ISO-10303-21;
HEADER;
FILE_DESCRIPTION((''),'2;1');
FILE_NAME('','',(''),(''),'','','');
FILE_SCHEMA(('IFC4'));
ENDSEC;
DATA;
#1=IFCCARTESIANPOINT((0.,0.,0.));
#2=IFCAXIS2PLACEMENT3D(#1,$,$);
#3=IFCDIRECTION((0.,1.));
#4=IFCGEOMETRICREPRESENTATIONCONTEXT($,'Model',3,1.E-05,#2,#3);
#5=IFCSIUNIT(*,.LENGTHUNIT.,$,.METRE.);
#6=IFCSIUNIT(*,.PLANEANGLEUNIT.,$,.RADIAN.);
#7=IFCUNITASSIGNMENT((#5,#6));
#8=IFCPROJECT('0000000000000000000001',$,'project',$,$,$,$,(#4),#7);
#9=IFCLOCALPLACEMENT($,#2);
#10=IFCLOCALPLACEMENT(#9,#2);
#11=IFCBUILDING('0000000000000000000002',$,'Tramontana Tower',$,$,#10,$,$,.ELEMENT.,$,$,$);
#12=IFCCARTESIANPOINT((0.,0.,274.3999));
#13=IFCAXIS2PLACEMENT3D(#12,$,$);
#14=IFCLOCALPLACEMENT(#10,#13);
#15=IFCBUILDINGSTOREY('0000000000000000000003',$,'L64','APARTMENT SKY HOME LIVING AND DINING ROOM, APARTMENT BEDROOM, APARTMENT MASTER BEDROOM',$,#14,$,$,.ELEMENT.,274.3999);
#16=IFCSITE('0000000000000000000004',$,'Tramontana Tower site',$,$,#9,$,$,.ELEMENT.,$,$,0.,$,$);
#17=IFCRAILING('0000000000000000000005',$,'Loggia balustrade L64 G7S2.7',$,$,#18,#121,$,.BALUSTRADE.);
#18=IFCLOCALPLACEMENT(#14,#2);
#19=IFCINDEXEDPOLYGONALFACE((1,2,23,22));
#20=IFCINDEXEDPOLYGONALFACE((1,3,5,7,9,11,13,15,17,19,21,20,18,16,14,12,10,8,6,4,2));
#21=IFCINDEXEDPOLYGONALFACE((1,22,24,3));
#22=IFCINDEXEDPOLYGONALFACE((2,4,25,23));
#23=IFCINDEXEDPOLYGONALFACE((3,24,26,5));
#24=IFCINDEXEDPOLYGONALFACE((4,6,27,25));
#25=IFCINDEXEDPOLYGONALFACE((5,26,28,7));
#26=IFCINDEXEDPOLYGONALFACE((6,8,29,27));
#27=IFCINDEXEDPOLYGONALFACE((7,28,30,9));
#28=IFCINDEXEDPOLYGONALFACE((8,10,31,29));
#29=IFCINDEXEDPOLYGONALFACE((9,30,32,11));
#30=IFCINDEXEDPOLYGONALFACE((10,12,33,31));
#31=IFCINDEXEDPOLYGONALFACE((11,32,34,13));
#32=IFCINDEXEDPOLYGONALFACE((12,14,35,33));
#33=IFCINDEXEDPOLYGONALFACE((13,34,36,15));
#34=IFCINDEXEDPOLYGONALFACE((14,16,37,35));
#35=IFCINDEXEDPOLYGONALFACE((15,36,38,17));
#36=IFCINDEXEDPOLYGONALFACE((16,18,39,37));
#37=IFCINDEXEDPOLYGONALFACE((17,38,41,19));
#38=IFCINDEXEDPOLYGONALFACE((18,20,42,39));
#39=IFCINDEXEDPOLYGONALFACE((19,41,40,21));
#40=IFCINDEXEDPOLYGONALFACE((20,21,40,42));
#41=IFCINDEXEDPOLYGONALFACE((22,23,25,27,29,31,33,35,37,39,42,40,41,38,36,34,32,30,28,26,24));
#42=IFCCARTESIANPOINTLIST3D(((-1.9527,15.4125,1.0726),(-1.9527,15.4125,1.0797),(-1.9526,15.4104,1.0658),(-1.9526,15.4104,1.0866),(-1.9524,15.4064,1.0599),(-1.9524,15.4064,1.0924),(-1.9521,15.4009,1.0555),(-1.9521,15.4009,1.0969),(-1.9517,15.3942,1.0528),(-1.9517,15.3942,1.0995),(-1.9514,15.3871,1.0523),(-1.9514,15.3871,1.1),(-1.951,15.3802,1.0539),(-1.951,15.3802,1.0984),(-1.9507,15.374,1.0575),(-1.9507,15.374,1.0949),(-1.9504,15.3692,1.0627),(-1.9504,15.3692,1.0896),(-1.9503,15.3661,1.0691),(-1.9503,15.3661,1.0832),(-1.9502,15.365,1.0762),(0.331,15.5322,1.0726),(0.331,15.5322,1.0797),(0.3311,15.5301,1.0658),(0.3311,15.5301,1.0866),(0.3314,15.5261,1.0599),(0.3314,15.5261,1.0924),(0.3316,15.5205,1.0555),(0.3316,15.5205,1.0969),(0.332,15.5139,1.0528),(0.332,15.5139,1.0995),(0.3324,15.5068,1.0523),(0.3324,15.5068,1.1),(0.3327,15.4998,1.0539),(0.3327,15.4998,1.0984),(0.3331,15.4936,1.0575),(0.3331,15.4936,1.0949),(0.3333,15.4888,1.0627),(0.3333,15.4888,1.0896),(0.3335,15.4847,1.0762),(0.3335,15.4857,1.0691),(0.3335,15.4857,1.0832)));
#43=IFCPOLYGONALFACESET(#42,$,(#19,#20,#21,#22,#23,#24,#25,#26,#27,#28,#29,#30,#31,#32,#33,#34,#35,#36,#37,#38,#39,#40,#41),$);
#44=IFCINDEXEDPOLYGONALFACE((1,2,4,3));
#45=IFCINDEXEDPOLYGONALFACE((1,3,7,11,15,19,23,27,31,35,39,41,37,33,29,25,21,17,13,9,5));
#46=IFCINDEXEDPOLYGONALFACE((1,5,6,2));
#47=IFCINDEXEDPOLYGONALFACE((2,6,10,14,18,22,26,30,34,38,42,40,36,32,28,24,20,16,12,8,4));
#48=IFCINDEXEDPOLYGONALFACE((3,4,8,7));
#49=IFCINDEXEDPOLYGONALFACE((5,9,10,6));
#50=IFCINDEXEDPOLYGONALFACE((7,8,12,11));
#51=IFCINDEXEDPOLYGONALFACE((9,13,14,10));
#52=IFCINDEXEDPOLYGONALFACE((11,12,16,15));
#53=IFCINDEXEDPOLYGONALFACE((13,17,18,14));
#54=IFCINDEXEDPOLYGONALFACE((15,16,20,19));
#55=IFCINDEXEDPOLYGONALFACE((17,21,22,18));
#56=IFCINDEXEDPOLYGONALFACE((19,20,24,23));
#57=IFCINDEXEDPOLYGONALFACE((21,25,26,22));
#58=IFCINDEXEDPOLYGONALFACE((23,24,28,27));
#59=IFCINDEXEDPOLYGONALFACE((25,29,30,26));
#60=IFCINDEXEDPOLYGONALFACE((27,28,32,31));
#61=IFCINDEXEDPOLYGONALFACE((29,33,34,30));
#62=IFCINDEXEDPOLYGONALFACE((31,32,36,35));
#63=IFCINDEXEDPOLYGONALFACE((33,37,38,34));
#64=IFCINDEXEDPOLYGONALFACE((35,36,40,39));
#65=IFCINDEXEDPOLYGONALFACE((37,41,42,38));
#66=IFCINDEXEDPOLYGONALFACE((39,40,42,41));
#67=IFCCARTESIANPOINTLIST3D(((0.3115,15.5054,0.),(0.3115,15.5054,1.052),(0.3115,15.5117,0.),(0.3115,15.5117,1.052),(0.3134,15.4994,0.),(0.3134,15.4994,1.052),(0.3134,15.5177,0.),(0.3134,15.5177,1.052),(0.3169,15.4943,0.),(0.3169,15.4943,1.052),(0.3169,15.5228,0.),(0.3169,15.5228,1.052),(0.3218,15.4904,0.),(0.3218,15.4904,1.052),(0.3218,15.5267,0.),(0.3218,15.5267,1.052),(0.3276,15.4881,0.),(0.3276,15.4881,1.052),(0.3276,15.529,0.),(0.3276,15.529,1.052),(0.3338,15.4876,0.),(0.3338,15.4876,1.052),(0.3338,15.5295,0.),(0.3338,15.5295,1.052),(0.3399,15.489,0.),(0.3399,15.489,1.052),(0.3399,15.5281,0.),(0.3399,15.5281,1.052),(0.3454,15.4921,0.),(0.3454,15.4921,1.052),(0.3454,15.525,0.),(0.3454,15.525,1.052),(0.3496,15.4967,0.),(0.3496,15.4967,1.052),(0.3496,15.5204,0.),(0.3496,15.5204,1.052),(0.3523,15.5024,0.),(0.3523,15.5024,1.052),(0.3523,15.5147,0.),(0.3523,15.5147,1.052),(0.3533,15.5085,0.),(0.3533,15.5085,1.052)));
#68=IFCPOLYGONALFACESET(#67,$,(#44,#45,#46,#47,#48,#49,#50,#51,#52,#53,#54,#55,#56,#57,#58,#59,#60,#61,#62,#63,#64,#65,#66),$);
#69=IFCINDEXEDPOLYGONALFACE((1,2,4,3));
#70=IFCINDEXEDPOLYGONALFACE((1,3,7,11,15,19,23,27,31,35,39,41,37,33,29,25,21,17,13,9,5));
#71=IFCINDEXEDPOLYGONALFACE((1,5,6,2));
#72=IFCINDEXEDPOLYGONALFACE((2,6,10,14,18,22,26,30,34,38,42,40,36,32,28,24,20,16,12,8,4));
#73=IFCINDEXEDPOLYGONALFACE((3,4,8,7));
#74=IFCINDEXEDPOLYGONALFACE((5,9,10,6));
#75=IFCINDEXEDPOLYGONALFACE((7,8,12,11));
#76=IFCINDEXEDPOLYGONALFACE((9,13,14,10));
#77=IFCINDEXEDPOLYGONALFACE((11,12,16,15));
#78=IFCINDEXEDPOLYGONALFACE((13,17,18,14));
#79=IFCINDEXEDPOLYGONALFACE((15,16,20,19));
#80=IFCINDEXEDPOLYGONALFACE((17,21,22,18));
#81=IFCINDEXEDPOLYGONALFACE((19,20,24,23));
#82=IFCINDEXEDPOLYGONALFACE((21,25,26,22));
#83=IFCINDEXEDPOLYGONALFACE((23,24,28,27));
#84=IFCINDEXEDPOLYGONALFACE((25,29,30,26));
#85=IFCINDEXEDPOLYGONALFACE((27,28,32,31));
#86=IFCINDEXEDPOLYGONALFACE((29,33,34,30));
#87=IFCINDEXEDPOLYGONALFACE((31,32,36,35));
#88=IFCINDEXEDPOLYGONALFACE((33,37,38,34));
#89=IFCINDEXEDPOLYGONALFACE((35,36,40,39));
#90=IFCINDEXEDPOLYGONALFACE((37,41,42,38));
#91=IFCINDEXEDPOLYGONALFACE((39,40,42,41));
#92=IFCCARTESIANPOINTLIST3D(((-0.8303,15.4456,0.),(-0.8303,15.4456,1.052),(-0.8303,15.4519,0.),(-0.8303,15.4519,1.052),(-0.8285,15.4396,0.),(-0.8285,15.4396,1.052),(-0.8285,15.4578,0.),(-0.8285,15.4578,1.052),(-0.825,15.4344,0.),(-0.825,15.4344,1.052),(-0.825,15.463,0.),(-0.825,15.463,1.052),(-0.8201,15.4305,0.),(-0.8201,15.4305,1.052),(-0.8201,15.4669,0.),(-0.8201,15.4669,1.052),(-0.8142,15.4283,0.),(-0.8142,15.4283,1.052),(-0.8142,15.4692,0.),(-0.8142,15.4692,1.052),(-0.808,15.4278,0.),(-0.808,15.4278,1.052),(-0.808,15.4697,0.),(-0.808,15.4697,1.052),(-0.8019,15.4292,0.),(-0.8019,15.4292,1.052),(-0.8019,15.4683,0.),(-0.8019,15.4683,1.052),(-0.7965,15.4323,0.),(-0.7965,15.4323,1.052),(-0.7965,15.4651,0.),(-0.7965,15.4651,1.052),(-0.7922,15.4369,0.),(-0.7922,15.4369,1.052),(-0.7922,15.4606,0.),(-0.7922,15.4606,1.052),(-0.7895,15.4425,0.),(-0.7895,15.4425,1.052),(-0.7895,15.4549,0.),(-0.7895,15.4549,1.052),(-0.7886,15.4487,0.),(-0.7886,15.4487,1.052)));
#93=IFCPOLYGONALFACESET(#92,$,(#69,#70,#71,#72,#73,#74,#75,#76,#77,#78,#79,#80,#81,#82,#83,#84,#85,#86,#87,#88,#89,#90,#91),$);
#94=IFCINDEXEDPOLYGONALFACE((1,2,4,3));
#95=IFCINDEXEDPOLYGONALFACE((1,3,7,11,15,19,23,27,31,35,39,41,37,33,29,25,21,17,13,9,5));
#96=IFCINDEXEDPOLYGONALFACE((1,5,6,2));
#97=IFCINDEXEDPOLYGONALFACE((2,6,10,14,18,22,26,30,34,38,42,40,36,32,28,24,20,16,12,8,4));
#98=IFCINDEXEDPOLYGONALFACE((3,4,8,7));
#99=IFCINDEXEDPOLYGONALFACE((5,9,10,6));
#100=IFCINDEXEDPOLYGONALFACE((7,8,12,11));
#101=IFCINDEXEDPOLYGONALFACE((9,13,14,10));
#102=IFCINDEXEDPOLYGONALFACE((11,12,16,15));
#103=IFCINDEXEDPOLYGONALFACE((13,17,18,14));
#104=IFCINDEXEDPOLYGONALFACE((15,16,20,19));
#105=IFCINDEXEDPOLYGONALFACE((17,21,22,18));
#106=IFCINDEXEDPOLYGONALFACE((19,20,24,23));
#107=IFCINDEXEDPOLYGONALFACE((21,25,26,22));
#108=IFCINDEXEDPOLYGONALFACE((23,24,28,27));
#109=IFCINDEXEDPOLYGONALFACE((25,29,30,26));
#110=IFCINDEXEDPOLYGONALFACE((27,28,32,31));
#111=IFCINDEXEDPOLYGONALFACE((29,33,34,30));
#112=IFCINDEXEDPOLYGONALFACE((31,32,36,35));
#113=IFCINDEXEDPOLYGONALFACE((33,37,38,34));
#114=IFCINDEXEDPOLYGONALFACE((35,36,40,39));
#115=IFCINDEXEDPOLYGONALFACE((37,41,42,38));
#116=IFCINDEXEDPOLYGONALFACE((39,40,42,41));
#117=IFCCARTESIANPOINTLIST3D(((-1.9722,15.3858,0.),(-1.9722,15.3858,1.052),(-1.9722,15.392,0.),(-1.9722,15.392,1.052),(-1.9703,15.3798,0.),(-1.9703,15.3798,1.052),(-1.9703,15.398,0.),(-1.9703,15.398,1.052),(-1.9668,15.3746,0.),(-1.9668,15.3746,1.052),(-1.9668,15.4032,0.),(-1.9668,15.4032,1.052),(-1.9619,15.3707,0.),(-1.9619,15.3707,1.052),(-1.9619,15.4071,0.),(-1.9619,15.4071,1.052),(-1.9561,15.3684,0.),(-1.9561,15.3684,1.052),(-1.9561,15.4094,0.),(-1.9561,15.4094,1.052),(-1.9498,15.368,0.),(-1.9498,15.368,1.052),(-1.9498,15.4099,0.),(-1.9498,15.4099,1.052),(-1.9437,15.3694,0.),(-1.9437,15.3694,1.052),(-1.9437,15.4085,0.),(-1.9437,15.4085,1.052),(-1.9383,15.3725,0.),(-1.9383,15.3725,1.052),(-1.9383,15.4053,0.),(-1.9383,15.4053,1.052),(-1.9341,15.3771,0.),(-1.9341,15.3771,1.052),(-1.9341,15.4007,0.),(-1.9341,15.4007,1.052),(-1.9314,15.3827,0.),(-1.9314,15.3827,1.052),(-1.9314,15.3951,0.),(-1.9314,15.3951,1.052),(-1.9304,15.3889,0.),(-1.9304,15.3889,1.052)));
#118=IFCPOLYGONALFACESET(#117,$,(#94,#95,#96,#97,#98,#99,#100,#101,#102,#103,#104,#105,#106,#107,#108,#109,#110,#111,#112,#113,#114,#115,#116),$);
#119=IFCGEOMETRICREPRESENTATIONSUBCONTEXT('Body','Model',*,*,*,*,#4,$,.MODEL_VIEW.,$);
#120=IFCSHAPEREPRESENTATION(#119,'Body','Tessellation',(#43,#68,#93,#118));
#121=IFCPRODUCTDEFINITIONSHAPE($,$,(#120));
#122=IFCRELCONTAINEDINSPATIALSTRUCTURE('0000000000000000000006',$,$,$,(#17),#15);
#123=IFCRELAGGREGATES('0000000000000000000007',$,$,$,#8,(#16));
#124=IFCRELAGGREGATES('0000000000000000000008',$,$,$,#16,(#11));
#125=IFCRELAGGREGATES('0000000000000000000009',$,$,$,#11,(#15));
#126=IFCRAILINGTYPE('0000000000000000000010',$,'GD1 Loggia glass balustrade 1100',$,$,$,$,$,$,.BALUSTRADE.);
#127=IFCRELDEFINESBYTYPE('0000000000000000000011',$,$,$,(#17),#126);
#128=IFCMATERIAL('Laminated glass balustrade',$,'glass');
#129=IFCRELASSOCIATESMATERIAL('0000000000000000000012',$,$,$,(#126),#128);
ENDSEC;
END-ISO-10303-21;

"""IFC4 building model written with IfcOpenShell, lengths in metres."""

from ifc_helpers import new_model, si_unit, direction, frame, origin, origin_2d, place, context, subcontext, project, spatial, circle, extrude, material, type_object, element, save


model = new_model("IFC4")

# Units and contexts
model_context = context("Model", 3, precision=1e-05, world=origin(), true_north=direction((0.0, 1.0)))
body_context = subcontext(model_context, "Body", "Model", "MODEL_VIEW")
ifc_project = project(units=[si_unit("LENGTHUNIT", "METRE"), si_unit("PLANEANGLEUNIT", "RADIAN")], contexts=[model_context])

# Site, building, storey
site_placement = place(None, origin())
site = spatial("IfcSite", under=ifc_project, at=site_placement, Name="Tramontana Tower site", CompositionType="ELEMENT", RefElevation=0.0)
building_placement = place(site_placement, origin())
building = spatial("IfcBuilding", under=site, at=building_placement, Name="Tramontana Tower", CompositionType="ELEMENT")
storey_placement = place(building_placement, frame((0.0, 0.0, 274.3999)))
storey = spatial("IfcBuildingStorey", under=building, at=storey_placement, Name="L64", Description="APARTMENT SKY HOME LIVING AND DINING ROOM, APARTMENT BEDROOM, APARTMENT MASTER BEDROOM", CompositionType="ELEMENT", Elevation=274.3999)

# Railing
ifc_material_1 = material(Name="Laminated glass balustrade", Category="glass")
railing_type = type_object("IfcRailingType", Name="GD1 Loggia glass balustrade 1100", PredefinedType="BALUSTRADE", material=ifc_material_1)
railing_placement = place(storey_placement, frame((0.3323, 15.5085, 0.0)))
element("IfcRailing", 1, at=railing_placement, inside=storey, type_object=railing_type, Name="Loggia balustrade L64 G7S2.7", PredefinedType="BALUSTRADE", context=body_context, shape_type="SweptSolid", body=[
    extrude(circle(Radius=0.0239, at=origin_2d()), frame((0.0, 0.0, 1.0762), z_axis=(-0.998631, -0.052312, 0.0), x_axis=(0.052312, -0.998631, 0.0)), (0.0, 0.0, 1.0), 2.2869),
    extrude(circle(Radius=0.021, at=origin_2d()), origin(), (0.0, 0.0, 1.0), 1.052),
    extrude(circle(Radius=0.021, at=origin_2d()), frame((-1.1418, -0.0598, 0.0)), (0.0, 0.0, 1.0), 1.052),
    extrude(circle(Radius=0.021, at=origin_2d()), frame((-2.2837, -0.1196, 0.0)), (0.0, 0.0, 1.0), 1.052),
])

save(model, "model.ifc")
